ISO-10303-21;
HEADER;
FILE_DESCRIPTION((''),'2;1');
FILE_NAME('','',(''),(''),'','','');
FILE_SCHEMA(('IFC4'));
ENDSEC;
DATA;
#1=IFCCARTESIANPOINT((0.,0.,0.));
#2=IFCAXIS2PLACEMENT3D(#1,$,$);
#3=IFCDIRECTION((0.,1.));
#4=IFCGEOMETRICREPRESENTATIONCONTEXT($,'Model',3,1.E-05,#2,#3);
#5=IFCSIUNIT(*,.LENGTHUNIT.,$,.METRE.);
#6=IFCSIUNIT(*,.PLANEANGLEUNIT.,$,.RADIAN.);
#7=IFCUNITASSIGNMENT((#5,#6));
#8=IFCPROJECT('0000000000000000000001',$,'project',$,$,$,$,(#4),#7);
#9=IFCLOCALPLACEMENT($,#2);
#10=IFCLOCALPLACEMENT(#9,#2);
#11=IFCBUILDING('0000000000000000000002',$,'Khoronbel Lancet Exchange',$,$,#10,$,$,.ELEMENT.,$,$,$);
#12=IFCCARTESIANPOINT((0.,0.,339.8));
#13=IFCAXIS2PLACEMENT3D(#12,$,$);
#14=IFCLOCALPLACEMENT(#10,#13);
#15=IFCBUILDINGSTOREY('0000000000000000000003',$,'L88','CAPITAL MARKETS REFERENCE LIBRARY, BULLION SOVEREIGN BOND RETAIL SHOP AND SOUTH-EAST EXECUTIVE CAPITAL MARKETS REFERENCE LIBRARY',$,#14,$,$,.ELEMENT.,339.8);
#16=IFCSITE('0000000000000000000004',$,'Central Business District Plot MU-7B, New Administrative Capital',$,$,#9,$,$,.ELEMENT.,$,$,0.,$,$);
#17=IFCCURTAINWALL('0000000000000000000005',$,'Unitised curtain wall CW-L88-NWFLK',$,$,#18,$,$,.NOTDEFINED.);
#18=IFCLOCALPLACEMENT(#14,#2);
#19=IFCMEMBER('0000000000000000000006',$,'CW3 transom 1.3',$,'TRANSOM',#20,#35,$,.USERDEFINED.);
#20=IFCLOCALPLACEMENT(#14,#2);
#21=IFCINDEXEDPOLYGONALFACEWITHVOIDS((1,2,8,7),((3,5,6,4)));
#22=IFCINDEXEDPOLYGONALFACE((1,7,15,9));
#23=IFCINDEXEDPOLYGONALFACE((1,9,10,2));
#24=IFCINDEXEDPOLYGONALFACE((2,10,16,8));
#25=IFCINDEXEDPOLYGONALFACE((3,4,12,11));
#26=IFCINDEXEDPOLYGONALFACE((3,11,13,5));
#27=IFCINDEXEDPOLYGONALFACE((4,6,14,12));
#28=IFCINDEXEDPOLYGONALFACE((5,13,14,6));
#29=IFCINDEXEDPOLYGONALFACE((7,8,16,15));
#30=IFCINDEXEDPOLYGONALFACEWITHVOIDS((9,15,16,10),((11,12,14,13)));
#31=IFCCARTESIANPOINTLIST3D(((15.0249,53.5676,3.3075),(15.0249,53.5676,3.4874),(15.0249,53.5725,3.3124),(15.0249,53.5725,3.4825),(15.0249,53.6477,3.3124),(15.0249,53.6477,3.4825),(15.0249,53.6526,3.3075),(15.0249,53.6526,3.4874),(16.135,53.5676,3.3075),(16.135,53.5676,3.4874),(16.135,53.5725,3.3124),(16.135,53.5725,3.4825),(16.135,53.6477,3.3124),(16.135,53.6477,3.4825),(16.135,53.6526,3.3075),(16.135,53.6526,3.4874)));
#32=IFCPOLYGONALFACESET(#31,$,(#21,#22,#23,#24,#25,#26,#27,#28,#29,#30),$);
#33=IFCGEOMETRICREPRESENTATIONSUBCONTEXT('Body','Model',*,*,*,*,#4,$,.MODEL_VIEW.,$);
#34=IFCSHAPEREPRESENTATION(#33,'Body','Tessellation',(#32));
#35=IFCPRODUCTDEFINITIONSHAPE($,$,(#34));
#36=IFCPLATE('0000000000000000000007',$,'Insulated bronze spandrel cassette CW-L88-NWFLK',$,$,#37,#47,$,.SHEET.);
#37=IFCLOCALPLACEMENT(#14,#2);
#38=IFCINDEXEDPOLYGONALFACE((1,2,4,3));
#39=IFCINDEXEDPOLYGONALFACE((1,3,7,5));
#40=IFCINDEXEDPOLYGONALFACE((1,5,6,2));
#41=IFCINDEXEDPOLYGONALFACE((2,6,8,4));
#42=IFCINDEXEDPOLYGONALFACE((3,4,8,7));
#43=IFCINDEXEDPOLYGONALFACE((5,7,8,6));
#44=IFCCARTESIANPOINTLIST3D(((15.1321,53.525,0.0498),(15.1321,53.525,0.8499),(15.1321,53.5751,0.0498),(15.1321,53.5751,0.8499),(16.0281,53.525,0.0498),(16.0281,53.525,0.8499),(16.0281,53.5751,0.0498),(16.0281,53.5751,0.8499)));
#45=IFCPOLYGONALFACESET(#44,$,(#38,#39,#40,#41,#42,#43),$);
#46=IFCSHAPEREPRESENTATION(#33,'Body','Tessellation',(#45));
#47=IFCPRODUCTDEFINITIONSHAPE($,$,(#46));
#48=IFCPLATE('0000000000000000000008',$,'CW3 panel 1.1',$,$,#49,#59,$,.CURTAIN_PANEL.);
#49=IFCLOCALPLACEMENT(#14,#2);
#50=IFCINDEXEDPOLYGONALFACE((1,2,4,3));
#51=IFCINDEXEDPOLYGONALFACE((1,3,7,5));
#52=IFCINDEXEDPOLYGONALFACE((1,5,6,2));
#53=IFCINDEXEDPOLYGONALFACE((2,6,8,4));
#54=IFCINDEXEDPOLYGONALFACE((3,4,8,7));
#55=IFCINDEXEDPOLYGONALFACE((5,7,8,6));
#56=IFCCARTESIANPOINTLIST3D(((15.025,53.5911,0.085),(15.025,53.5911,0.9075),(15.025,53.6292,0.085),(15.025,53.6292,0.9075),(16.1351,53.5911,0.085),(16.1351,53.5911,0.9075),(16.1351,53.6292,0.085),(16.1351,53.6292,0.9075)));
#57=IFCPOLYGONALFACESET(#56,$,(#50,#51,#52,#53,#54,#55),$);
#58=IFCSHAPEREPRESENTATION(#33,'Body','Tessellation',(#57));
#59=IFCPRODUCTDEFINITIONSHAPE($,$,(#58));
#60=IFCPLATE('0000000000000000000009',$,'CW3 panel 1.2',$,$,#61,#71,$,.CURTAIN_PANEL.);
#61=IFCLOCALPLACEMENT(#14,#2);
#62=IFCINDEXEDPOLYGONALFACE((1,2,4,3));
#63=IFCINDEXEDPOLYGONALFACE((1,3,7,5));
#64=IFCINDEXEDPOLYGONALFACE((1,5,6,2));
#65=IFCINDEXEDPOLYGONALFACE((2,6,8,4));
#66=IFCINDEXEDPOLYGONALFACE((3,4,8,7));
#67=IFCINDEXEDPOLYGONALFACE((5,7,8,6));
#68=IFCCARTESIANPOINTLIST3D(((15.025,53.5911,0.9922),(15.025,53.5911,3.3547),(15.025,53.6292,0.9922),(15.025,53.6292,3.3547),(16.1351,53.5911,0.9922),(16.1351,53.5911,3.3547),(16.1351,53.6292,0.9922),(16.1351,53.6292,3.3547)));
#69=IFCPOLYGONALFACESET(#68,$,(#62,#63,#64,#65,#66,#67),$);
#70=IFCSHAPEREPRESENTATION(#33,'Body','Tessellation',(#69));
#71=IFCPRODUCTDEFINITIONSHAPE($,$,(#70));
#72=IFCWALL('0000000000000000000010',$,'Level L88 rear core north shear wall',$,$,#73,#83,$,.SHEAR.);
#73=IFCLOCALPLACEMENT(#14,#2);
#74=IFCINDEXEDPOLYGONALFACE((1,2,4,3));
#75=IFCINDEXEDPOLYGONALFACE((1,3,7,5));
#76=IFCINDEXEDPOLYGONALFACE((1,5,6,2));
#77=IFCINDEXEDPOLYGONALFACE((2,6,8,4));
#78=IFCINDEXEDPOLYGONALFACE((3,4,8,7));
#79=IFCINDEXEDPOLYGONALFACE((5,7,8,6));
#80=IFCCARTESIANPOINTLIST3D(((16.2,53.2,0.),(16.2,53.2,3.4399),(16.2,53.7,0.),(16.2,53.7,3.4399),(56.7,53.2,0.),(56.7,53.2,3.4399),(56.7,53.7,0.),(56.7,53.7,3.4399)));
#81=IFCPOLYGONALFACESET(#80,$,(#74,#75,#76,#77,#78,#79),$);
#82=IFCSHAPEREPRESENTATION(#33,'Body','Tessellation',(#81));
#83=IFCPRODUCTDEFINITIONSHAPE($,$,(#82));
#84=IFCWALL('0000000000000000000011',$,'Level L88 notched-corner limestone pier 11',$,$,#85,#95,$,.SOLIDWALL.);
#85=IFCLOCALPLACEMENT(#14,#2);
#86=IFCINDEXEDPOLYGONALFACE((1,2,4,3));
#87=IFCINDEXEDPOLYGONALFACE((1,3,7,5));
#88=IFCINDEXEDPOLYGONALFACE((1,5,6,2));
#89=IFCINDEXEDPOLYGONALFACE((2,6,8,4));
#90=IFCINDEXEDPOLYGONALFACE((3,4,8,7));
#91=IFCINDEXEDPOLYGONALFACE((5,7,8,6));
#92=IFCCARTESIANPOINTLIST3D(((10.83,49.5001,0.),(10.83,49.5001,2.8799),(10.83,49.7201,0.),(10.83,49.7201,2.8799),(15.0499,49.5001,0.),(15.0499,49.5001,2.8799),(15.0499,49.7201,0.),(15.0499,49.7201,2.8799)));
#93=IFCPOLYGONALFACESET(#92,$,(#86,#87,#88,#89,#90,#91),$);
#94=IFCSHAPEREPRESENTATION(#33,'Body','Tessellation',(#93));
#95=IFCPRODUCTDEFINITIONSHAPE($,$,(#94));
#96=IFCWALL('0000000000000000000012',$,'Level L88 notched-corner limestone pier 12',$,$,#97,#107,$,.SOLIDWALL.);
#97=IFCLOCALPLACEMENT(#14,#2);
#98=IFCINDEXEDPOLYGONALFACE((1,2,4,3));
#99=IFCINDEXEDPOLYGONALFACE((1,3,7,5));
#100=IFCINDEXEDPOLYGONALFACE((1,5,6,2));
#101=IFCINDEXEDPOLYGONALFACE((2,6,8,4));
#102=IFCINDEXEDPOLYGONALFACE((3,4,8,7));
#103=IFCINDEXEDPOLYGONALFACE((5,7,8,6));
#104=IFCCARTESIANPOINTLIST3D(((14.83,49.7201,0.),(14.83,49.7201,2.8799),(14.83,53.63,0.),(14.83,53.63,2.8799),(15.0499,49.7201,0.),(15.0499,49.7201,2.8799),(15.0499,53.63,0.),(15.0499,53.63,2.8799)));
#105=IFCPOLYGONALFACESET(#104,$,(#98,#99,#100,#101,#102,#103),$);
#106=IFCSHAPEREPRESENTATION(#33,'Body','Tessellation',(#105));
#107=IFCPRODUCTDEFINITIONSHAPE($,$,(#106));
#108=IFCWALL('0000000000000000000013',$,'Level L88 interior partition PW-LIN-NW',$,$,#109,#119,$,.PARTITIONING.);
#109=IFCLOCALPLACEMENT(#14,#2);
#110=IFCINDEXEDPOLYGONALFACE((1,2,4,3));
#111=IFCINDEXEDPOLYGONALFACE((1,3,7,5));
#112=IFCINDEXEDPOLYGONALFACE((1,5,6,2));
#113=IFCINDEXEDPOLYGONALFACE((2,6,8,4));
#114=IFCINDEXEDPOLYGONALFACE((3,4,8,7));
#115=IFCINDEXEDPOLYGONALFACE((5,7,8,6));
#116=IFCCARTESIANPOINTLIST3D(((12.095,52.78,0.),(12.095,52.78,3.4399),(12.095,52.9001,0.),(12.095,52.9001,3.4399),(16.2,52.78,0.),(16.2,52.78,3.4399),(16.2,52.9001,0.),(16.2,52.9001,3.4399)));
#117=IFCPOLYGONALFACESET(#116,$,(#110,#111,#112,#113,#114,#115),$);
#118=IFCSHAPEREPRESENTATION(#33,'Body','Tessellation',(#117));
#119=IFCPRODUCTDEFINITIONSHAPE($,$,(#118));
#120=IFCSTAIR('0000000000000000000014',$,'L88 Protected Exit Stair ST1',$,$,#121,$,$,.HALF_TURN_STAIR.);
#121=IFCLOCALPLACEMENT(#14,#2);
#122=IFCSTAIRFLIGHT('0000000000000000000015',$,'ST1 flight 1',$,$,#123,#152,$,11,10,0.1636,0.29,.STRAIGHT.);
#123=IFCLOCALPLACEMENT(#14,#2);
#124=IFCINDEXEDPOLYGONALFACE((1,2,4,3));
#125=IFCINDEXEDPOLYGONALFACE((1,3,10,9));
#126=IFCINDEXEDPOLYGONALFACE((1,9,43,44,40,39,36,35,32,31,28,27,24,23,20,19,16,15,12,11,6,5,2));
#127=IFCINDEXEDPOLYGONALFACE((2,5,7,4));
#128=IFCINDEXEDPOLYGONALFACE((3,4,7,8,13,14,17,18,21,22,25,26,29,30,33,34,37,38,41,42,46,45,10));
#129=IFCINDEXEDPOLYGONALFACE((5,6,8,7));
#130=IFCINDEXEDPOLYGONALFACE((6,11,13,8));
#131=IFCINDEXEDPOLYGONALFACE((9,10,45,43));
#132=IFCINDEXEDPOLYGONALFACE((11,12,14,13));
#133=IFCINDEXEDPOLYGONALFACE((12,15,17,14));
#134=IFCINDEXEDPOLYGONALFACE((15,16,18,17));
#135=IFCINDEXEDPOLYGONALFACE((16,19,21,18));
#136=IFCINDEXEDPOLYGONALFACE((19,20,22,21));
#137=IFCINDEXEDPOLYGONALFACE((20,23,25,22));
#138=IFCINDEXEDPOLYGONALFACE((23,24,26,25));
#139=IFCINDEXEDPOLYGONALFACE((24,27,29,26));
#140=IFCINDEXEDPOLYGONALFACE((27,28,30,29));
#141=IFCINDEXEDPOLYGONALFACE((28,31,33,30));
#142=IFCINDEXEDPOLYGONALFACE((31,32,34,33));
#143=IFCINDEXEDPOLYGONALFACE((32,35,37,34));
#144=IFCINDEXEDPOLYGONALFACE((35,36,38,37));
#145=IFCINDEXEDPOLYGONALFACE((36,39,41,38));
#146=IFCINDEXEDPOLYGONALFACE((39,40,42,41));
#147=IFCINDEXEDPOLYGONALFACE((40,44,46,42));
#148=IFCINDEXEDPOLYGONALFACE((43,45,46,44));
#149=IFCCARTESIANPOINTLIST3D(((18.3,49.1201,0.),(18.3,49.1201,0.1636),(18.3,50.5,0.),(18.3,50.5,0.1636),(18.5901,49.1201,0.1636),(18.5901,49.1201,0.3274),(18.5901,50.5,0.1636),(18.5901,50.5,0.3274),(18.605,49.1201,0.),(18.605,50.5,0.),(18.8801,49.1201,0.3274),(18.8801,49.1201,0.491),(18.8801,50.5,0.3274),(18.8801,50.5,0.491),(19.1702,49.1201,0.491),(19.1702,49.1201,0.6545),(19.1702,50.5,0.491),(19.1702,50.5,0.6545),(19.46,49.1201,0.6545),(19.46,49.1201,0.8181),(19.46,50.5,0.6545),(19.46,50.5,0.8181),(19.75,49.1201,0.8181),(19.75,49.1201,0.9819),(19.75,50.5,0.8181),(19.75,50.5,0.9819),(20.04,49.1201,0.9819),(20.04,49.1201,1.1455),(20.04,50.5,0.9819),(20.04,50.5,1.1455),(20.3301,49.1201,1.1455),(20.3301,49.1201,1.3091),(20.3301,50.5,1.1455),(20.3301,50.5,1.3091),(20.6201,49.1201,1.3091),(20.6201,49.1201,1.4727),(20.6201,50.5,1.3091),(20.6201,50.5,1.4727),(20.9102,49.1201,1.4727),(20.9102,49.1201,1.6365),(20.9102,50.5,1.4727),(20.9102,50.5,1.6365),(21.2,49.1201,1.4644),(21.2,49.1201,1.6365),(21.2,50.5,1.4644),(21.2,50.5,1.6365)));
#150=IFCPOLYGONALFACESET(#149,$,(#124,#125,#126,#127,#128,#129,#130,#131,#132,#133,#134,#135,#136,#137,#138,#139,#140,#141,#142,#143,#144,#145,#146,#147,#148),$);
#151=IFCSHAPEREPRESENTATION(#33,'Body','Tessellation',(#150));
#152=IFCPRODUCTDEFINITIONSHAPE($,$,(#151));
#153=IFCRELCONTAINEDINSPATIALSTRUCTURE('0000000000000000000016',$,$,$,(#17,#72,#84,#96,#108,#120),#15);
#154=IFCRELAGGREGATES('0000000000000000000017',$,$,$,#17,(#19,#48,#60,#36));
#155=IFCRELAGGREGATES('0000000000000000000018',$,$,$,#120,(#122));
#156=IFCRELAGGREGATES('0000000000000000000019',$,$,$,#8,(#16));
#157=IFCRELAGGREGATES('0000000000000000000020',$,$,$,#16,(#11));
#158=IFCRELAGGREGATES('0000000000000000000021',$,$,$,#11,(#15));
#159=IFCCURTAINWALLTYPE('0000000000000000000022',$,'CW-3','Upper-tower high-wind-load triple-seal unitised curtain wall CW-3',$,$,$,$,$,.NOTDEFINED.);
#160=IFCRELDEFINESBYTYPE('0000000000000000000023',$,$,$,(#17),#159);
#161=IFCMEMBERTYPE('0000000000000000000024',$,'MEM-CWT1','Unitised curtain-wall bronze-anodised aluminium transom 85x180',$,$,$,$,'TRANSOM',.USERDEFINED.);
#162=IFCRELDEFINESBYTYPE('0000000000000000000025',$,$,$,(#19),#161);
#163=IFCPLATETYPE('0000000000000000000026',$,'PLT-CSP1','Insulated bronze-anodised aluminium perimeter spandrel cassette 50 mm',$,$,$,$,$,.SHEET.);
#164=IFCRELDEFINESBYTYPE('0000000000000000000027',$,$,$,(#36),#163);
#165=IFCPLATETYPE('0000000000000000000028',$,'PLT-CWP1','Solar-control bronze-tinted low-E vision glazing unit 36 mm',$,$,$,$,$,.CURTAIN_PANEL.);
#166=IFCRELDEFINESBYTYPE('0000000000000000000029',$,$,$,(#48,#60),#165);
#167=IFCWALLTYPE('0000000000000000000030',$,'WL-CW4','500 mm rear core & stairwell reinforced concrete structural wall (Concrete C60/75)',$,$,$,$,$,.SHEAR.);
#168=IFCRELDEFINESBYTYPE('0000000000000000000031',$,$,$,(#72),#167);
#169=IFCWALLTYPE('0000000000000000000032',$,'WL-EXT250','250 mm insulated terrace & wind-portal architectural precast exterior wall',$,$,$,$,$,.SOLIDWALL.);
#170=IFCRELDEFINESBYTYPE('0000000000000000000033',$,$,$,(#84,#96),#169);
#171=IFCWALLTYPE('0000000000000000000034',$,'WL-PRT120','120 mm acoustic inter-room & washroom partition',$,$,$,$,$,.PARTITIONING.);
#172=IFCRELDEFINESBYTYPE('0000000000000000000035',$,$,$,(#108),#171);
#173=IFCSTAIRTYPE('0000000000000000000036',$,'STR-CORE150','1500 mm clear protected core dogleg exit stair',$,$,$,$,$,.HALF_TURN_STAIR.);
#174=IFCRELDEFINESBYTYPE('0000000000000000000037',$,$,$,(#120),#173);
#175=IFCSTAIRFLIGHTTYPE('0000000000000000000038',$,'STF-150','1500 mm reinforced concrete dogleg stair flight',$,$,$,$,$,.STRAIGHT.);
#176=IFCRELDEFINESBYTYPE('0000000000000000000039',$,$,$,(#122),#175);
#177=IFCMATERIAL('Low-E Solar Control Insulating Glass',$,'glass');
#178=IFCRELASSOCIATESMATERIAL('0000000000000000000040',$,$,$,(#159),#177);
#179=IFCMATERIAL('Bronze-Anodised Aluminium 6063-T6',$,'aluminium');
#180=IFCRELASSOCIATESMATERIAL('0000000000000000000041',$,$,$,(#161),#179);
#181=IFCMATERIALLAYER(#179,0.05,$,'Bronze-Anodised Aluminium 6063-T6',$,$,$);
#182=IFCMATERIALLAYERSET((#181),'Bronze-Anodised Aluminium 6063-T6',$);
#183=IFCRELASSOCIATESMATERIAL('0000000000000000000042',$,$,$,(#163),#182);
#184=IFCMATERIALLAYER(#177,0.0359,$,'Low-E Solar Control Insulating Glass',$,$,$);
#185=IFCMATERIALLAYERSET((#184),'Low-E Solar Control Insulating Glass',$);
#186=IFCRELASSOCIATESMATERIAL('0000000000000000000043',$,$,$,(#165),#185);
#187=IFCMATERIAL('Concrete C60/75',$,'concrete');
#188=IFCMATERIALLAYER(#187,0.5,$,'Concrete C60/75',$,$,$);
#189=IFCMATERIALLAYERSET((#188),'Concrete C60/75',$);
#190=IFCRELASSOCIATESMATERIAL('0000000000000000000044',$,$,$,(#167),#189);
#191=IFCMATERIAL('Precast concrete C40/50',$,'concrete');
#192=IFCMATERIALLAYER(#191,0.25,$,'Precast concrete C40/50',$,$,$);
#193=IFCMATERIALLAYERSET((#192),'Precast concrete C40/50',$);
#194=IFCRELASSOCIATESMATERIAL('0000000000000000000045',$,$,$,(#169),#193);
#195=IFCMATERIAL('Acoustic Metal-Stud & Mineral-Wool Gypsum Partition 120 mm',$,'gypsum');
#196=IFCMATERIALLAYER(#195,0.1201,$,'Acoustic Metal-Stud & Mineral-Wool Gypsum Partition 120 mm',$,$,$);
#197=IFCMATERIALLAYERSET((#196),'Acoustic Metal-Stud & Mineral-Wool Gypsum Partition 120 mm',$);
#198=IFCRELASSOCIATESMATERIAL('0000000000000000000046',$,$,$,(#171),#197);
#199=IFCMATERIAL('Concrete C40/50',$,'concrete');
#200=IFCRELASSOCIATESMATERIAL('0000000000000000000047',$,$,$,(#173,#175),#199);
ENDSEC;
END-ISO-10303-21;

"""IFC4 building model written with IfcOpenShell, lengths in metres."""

from ifc_helpers import new_model, si_unit, direction, frame, frame_2d, origin, origin_2d, place, context, subcontext, project, spatial, polyline, rectangle, hollow_rectangle, outline, extrude, material, layer, layer_set, material_profile, profile_set, type_object, element, aggregate, save


model = new_model("IFC4")

# Units and contexts
model_context = context("Model", 3, precision=1e-05, world=origin(), true_north=direction((0.0, 1.0)))
body_context = subcontext(model_context, "Body", "Model", "MODEL_VIEW")
ifc_project = project(units=[si_unit("LENGTHUNIT", "METRE"), si_unit("PLANEANGLEUNIT", "RADIAN")], contexts=[model_context])

# Site, building, storey
site_placement = place(None, origin())
site = spatial("IfcSite", under=ifc_project, at=site_placement, Name="Central Business District Plot MU-7B, New Administrative Capital", CompositionType="ELEMENT", RefElevation=0.0)
building_placement = place(site_placement, origin())
building = spatial("IfcBuilding", under=site, at=building_placement, Name="Khoronbel Lancet Exchange", CompositionType="ELEMENT")
storey_placement = place(building_placement, frame((0.0, 0.0, 339.8)))
storey = spatial("IfcBuildingStorey", under=building, at=storey_placement, Name="L88", Description="CAPITAL MARKETS REFERENCE LIBRARY, BULLION SOVEREIGN BOND RETAIL SHOP AND SOUTH-EAST EXECUTIVE CAPITAL MARKETS REFERENCE LIBRARY", CompositionType="ELEMENT", Elevation=339.8)

# Curtain wall, member, plates
ifc_material_1 = material(Name="Low-E Solar Control Insulating Glass", Category="glass")
curtain_wall_type = type_object("IfcCurtainWallType", Name="CW-3", Description="Upper-tower high-wind-load triple-seal unitised curtain wall CW-3", PredefinedType="NOTDEFINED", material=ifc_material_1)
curtain_wall_placement = place(storey_placement, origin())
curtain_wall = element("IfcCurtainWall", 1, at=curtain_wall_placement, inside=storey, type_object=curtain_wall_type, Name="Unitised curtain wall CW-L88-NWFLK", PredefinedType="NOTDEFINED")
ifc_material_2 = material(Name="Bronze-Anodised Aluminium 6063-T6", Category="aluminium")
ifc_material_profile_1 = material_profile(ifc_material_2, hollow_rectangle(XDim=0.085, YDim=0.1799, WallThickness=0.0049, at=origin_2d()), Name="ALU TRANSOM 85x180")
ifc_profile_set_1 = profile_set([ifc_material_profile_1], Name="Bronze-Anodised Aluminium 6063-T6")
member_type_1 = type_object("IfcMemberType", Name="MEM-CWT1", Description="Unitised curtain-wall bronze-anodised aluminium transom 85x180", ElementType="TRANSOM", PredefinedType="USERDEFINED", material=ifc_profile_set_1)
member_1_placement = place(storey_placement, frame((16.135, 53.6101, 3.3975), z_axis=(-1.0, 0.0, 0.0), x_axis=(0.0, -1.0, 0.0)))
member_1 = element("IfcMember", 2, at=member_1_placement, type_object=member_type_1, Name="CW3 transom 1.3", ObjectType="TRANSOM", PredefinedType="USERDEFINED", context=body_context, shape_type="SweptSolid", body=[
    extrude(hollow_rectangle(XDim=0.085, YDim=0.1799, WallThickness=0.0049, at=origin_2d()), origin(), (0.0, 0.0, 1.0), 1.1101),
])
ifc_layer_1 = layer(ifc_material_2, 0.05, Name="Bronze-Anodised Aluminium 6063-T6")
ifc_layer_set_1 = layer_set([ifc_layer_1], Name="Bronze-Anodised Aluminium 6063-T6")
plate_type_1 = type_object("IfcPlateType", Name="PLT-CSP1", Description="Insulated bronze-anodised aluminium perimeter spandrel cassette 50 mm", PredefinedType="SHEET", material=ifc_layer_set_1)
plate_1_placement = place(storey_placement, frame((15.5801, 53.55, 0.0498), z_axis=(0.0, 0.0, 1.0), x_axis=(-1.0, 0.0, 0.0)))
plate_1 = element("IfcPlate", 3, at=plate_1_placement, type_object=plate_type_1, Name="Insulated bronze spandrel cassette CW-L88-NWFLK", PredefinedType="SHEET", context=body_context, shape_type="SweptSolid", body=[
    extrude(rectangle(XDim=0.896, YDim=0.05, at=origin_2d()), origin(), (0.0, 0.0, 1.0), 0.8),
])
ifc_layer_2 = layer(ifc_material_1, 0.0359, Name="Low-E Solar Control Insulating Glass")
ifc_layer_set_2 = layer_set([ifc_layer_2], Name="Low-E Solar Control Insulating Glass")
plate_type_2 = type_object("IfcPlateType", Name="PLT-CWP1", Description="Solar-control bronze-tinted low-E vision glazing unit 36 mm", PredefinedType="CURTAIN_PANEL", material=ifc_layer_set_2)
plate_2_placement = place(storey_placement, frame((15.5801, 53.6101, 0.085), z_axis=(0.0, 0.0, 1.0), x_axis=(-1.0, 0.0, 0.0)))
plate_2 = element("IfcPlate", 4, at=plate_2_placement, type_object=plate_type_2, Name="CW3 panel 1.1", PredefinedType="CURTAIN_PANEL", context=body_context, shape_type="SweptSolid", body=[
    extrude(rectangle(XDim=1.1101, YDim=0.0381, at=origin_2d()), origin(), (0.0, 0.0, 1.0), 0.8225),
])
plate_3_placement = place(storey_placement, frame((15.5801, 53.6101, 0.9922), z_axis=(0.0, 0.0, 1.0), x_axis=(-1.0, 0.0, 0.0)))
plate_3 = element("IfcPlate", 5, at=plate_3_placement, type_object=plate_type_2, Name="CW3 panel 1.2", PredefinedType="CURTAIN_PANEL", context=body_context, shape_type="SweptSolid", body=[
    extrude(rectangle(XDim=1.1101, YDim=0.0381, at=origin_2d()), origin(), (0.0, 0.0, 1.0), 2.3625),
])
aggregate(curtain_wall, [member_1, plate_2, plate_3, plate_1])

# Walls
ifc_material_3 = material(Name="Concrete C60/75", Category="concrete")
ifc_layer_3 = layer(ifc_material_3, 0.5, Name="Concrete C60/75")
ifc_layer_set_3 = layer_set([ifc_layer_3], Name="Concrete C60/75")
wall_type_1 = type_object("IfcWallType", Name="WL-CW4", Description="500 mm rear core & stairwell reinforced concrete structural wall (Concrete C60/75)", PredefinedType="SHEAR", material=ifc_layer_set_3)
wall_1_placement = place(storey_placement, frame((16.2, 53.45, 0.0), z_axis=(0.0, 0.0, 1.0), x_axis=(1.0, 0.0, 0.0)))
element("IfcWall", 6, at=wall_1_placement, inside=storey, type_object=wall_type_1, Name="Level L88 rear core north shear wall", PredefinedType="SHEAR", context=body_context, shape_type="SweptSolid", body=[
    extrude(rectangle(XDim=40.5, YDim=0.5, at=frame_2d((20.25, 0.0))), origin(), (0.0, 0.0, 1.0), 3.4399),
])
ifc_material_4 = material(Name="Precast concrete C40/50", Category="concrete")
ifc_layer_4 = layer(ifc_material_4, 0.25, Name="Precast concrete C40/50")
ifc_layer_set_4 = layer_set([ifc_layer_4], Name="Precast concrete C40/50")
wall_type_2 = type_object("IfcWallType", Name="WL-EXT250", Description="250 mm insulated terrace & wind-portal architectural precast exterior wall", PredefinedType="SOLIDWALL", material=ifc_layer_set_4)
wall_2_placement = place(storey_placement, frame((10.8301, 49.6101, 0.0), z_axis=(0.0, 0.0, 1.0), x_axis=(1.0, 0.0, 0.0)))
element("IfcWall", 7, at=wall_2_placement, inside=storey, type_object=wall_type_2, Name="Level L88 notched-corner limestone pier 11", PredefinedType="SOLIDWALL", context=body_context, shape_type="SweptSolid", body=[
    extrude(rectangle(XDim=4.22, YDim=0.22, at=frame_2d((2.1099, 0.0))), origin(), (0.0, 0.0, 1.0), 2.8799),
])
wall_3_placement = place(storey_placement, frame((14.9399, 49.72, 0.0), z_axis=(0.0, 0.0, 1.0), x_axis=(0.0, 1.0, 0.0)))
element("IfcWall", 8, at=wall_3_placement, inside=storey, type_object=wall_type_2, Name="Level L88 notched-corner limestone pier 12", PredefinedType="SOLIDWALL", context=body_context, shape_type="SweptSolid", body=[
    extrude(rectangle(XDim=3.9099, YDim=0.22, at=frame_2d((1.9551, 0.0))), origin(), (0.0, 0.0, 1.0), 2.8799),
])
ifc_material_5 = material(Name="Acoustic Metal-Stud & Mineral-Wool Gypsum Partition 120 mm", Category="gypsum")
ifc_layer_5 = layer(ifc_material_5, 0.1201, Name="Acoustic Metal-Stud & Mineral-Wool Gypsum Partition 120 mm")
ifc_layer_set_5 = layer_set([ifc_layer_5], Name="Acoustic Metal-Stud & Mineral-Wool Gypsum Partition 120 mm")
wall_type_3 = type_object("IfcWallType", Name="WL-PRT120", Description="120 mm acoustic inter-room & washroom partition", PredefinedType="PARTITIONING", material=ifc_layer_set_5)
wall_4_placement = place(storey_placement, frame((12.095, 52.8401, 0.0), z_axis=(0.0, 0.0, 1.0), x_axis=(1.0, 0.0, 0.0)))
element("IfcWall", 9, at=wall_4_placement, inside=storey, type_object=wall_type_3, Name="Level L88 interior partition PW-LIN-NW", PredefinedType="PARTITIONING", context=body_context, shape_type="SweptSolid", body=[
    extrude(rectangle(XDim=4.105, YDim=0.1201, at=frame_2d((2.0525, 0.0))), origin(), (0.0, 0.0, 1.0), 3.4399),
])

# Stair, stair flight
ifc_material_6 = material(Name="Concrete C40/50", Category="concrete")
stair_type = type_object("IfcStairType", Name="STR-CORE150", Description="1500 mm clear protected core dogleg exit stair", PredefinedType="HALF_TURN_STAIR", material=ifc_material_6)
stair_placement = place(storey_placement, origin())
stair = element("IfcStair", 10, at=stair_placement, inside=storey, type_object=stair_type, Name="L88 Protected Exit Stair ST1", PredefinedType="HALF_TURN_STAIR")
stair_flight_type = type_object("IfcStairFlightType", Name="STF-150", Description="1500 mm reinforced concrete dogleg stair flight", PredefinedType="STRAIGHT", material=ifc_material_6)
stair_flight_placement = place(storey_placement, frame((18.3, 49.8101, 0.0), z_axis=(0.0, 0.0, 1.0), x_axis=(1.0, 0.0, 0.0)))
stair_flight = element("IfcStairFlight", 11, at=stair_flight_placement, type_object=stair_flight_type, Name="ST1 flight 1", NumberOfRisers=11, NumberOfTreads=10, PredefinedType="STRAIGHT", RiserHeight=0.1636, TreadLength=0.29, context=body_context, shape_type="SweptSolid", body=[
    extrude(outline(polyline([(0.0, 0.0), (0.0, 0.1636), (0.29, 0.1636), (0.29, 0.3274), (0.5801, 0.3274), (0.5801, 0.491), (0.8701, 0.491), (0.8701, 0.6545), (1.1599, 0.6545), (1.1599, 0.8181), (1.45, 0.8181), (1.45, 0.9819), (1.74, 0.9819), (1.74, 1.1455), (2.03, 1.1455), (2.03, 1.3091), (2.3201, 1.3091), (2.3201, 1.4727), (2.6101, 1.4727), (2.6101, 1.6365), (2.8999, 1.6365), (2.8999, 1.8), (2.8999, 1.4644), (0.3049, 0.0), (0.0, 0.0)])), frame((0.0, 0.6899, 0.0), z_axis=(0.0, -1.0, 0.0), x_axis=(1.0, 0.0, 0.0)), (0.0, 0.0, 1.0), 1.3799),
])
aggregate(stair, [stair_flight])

save(model, "model.ifc")
